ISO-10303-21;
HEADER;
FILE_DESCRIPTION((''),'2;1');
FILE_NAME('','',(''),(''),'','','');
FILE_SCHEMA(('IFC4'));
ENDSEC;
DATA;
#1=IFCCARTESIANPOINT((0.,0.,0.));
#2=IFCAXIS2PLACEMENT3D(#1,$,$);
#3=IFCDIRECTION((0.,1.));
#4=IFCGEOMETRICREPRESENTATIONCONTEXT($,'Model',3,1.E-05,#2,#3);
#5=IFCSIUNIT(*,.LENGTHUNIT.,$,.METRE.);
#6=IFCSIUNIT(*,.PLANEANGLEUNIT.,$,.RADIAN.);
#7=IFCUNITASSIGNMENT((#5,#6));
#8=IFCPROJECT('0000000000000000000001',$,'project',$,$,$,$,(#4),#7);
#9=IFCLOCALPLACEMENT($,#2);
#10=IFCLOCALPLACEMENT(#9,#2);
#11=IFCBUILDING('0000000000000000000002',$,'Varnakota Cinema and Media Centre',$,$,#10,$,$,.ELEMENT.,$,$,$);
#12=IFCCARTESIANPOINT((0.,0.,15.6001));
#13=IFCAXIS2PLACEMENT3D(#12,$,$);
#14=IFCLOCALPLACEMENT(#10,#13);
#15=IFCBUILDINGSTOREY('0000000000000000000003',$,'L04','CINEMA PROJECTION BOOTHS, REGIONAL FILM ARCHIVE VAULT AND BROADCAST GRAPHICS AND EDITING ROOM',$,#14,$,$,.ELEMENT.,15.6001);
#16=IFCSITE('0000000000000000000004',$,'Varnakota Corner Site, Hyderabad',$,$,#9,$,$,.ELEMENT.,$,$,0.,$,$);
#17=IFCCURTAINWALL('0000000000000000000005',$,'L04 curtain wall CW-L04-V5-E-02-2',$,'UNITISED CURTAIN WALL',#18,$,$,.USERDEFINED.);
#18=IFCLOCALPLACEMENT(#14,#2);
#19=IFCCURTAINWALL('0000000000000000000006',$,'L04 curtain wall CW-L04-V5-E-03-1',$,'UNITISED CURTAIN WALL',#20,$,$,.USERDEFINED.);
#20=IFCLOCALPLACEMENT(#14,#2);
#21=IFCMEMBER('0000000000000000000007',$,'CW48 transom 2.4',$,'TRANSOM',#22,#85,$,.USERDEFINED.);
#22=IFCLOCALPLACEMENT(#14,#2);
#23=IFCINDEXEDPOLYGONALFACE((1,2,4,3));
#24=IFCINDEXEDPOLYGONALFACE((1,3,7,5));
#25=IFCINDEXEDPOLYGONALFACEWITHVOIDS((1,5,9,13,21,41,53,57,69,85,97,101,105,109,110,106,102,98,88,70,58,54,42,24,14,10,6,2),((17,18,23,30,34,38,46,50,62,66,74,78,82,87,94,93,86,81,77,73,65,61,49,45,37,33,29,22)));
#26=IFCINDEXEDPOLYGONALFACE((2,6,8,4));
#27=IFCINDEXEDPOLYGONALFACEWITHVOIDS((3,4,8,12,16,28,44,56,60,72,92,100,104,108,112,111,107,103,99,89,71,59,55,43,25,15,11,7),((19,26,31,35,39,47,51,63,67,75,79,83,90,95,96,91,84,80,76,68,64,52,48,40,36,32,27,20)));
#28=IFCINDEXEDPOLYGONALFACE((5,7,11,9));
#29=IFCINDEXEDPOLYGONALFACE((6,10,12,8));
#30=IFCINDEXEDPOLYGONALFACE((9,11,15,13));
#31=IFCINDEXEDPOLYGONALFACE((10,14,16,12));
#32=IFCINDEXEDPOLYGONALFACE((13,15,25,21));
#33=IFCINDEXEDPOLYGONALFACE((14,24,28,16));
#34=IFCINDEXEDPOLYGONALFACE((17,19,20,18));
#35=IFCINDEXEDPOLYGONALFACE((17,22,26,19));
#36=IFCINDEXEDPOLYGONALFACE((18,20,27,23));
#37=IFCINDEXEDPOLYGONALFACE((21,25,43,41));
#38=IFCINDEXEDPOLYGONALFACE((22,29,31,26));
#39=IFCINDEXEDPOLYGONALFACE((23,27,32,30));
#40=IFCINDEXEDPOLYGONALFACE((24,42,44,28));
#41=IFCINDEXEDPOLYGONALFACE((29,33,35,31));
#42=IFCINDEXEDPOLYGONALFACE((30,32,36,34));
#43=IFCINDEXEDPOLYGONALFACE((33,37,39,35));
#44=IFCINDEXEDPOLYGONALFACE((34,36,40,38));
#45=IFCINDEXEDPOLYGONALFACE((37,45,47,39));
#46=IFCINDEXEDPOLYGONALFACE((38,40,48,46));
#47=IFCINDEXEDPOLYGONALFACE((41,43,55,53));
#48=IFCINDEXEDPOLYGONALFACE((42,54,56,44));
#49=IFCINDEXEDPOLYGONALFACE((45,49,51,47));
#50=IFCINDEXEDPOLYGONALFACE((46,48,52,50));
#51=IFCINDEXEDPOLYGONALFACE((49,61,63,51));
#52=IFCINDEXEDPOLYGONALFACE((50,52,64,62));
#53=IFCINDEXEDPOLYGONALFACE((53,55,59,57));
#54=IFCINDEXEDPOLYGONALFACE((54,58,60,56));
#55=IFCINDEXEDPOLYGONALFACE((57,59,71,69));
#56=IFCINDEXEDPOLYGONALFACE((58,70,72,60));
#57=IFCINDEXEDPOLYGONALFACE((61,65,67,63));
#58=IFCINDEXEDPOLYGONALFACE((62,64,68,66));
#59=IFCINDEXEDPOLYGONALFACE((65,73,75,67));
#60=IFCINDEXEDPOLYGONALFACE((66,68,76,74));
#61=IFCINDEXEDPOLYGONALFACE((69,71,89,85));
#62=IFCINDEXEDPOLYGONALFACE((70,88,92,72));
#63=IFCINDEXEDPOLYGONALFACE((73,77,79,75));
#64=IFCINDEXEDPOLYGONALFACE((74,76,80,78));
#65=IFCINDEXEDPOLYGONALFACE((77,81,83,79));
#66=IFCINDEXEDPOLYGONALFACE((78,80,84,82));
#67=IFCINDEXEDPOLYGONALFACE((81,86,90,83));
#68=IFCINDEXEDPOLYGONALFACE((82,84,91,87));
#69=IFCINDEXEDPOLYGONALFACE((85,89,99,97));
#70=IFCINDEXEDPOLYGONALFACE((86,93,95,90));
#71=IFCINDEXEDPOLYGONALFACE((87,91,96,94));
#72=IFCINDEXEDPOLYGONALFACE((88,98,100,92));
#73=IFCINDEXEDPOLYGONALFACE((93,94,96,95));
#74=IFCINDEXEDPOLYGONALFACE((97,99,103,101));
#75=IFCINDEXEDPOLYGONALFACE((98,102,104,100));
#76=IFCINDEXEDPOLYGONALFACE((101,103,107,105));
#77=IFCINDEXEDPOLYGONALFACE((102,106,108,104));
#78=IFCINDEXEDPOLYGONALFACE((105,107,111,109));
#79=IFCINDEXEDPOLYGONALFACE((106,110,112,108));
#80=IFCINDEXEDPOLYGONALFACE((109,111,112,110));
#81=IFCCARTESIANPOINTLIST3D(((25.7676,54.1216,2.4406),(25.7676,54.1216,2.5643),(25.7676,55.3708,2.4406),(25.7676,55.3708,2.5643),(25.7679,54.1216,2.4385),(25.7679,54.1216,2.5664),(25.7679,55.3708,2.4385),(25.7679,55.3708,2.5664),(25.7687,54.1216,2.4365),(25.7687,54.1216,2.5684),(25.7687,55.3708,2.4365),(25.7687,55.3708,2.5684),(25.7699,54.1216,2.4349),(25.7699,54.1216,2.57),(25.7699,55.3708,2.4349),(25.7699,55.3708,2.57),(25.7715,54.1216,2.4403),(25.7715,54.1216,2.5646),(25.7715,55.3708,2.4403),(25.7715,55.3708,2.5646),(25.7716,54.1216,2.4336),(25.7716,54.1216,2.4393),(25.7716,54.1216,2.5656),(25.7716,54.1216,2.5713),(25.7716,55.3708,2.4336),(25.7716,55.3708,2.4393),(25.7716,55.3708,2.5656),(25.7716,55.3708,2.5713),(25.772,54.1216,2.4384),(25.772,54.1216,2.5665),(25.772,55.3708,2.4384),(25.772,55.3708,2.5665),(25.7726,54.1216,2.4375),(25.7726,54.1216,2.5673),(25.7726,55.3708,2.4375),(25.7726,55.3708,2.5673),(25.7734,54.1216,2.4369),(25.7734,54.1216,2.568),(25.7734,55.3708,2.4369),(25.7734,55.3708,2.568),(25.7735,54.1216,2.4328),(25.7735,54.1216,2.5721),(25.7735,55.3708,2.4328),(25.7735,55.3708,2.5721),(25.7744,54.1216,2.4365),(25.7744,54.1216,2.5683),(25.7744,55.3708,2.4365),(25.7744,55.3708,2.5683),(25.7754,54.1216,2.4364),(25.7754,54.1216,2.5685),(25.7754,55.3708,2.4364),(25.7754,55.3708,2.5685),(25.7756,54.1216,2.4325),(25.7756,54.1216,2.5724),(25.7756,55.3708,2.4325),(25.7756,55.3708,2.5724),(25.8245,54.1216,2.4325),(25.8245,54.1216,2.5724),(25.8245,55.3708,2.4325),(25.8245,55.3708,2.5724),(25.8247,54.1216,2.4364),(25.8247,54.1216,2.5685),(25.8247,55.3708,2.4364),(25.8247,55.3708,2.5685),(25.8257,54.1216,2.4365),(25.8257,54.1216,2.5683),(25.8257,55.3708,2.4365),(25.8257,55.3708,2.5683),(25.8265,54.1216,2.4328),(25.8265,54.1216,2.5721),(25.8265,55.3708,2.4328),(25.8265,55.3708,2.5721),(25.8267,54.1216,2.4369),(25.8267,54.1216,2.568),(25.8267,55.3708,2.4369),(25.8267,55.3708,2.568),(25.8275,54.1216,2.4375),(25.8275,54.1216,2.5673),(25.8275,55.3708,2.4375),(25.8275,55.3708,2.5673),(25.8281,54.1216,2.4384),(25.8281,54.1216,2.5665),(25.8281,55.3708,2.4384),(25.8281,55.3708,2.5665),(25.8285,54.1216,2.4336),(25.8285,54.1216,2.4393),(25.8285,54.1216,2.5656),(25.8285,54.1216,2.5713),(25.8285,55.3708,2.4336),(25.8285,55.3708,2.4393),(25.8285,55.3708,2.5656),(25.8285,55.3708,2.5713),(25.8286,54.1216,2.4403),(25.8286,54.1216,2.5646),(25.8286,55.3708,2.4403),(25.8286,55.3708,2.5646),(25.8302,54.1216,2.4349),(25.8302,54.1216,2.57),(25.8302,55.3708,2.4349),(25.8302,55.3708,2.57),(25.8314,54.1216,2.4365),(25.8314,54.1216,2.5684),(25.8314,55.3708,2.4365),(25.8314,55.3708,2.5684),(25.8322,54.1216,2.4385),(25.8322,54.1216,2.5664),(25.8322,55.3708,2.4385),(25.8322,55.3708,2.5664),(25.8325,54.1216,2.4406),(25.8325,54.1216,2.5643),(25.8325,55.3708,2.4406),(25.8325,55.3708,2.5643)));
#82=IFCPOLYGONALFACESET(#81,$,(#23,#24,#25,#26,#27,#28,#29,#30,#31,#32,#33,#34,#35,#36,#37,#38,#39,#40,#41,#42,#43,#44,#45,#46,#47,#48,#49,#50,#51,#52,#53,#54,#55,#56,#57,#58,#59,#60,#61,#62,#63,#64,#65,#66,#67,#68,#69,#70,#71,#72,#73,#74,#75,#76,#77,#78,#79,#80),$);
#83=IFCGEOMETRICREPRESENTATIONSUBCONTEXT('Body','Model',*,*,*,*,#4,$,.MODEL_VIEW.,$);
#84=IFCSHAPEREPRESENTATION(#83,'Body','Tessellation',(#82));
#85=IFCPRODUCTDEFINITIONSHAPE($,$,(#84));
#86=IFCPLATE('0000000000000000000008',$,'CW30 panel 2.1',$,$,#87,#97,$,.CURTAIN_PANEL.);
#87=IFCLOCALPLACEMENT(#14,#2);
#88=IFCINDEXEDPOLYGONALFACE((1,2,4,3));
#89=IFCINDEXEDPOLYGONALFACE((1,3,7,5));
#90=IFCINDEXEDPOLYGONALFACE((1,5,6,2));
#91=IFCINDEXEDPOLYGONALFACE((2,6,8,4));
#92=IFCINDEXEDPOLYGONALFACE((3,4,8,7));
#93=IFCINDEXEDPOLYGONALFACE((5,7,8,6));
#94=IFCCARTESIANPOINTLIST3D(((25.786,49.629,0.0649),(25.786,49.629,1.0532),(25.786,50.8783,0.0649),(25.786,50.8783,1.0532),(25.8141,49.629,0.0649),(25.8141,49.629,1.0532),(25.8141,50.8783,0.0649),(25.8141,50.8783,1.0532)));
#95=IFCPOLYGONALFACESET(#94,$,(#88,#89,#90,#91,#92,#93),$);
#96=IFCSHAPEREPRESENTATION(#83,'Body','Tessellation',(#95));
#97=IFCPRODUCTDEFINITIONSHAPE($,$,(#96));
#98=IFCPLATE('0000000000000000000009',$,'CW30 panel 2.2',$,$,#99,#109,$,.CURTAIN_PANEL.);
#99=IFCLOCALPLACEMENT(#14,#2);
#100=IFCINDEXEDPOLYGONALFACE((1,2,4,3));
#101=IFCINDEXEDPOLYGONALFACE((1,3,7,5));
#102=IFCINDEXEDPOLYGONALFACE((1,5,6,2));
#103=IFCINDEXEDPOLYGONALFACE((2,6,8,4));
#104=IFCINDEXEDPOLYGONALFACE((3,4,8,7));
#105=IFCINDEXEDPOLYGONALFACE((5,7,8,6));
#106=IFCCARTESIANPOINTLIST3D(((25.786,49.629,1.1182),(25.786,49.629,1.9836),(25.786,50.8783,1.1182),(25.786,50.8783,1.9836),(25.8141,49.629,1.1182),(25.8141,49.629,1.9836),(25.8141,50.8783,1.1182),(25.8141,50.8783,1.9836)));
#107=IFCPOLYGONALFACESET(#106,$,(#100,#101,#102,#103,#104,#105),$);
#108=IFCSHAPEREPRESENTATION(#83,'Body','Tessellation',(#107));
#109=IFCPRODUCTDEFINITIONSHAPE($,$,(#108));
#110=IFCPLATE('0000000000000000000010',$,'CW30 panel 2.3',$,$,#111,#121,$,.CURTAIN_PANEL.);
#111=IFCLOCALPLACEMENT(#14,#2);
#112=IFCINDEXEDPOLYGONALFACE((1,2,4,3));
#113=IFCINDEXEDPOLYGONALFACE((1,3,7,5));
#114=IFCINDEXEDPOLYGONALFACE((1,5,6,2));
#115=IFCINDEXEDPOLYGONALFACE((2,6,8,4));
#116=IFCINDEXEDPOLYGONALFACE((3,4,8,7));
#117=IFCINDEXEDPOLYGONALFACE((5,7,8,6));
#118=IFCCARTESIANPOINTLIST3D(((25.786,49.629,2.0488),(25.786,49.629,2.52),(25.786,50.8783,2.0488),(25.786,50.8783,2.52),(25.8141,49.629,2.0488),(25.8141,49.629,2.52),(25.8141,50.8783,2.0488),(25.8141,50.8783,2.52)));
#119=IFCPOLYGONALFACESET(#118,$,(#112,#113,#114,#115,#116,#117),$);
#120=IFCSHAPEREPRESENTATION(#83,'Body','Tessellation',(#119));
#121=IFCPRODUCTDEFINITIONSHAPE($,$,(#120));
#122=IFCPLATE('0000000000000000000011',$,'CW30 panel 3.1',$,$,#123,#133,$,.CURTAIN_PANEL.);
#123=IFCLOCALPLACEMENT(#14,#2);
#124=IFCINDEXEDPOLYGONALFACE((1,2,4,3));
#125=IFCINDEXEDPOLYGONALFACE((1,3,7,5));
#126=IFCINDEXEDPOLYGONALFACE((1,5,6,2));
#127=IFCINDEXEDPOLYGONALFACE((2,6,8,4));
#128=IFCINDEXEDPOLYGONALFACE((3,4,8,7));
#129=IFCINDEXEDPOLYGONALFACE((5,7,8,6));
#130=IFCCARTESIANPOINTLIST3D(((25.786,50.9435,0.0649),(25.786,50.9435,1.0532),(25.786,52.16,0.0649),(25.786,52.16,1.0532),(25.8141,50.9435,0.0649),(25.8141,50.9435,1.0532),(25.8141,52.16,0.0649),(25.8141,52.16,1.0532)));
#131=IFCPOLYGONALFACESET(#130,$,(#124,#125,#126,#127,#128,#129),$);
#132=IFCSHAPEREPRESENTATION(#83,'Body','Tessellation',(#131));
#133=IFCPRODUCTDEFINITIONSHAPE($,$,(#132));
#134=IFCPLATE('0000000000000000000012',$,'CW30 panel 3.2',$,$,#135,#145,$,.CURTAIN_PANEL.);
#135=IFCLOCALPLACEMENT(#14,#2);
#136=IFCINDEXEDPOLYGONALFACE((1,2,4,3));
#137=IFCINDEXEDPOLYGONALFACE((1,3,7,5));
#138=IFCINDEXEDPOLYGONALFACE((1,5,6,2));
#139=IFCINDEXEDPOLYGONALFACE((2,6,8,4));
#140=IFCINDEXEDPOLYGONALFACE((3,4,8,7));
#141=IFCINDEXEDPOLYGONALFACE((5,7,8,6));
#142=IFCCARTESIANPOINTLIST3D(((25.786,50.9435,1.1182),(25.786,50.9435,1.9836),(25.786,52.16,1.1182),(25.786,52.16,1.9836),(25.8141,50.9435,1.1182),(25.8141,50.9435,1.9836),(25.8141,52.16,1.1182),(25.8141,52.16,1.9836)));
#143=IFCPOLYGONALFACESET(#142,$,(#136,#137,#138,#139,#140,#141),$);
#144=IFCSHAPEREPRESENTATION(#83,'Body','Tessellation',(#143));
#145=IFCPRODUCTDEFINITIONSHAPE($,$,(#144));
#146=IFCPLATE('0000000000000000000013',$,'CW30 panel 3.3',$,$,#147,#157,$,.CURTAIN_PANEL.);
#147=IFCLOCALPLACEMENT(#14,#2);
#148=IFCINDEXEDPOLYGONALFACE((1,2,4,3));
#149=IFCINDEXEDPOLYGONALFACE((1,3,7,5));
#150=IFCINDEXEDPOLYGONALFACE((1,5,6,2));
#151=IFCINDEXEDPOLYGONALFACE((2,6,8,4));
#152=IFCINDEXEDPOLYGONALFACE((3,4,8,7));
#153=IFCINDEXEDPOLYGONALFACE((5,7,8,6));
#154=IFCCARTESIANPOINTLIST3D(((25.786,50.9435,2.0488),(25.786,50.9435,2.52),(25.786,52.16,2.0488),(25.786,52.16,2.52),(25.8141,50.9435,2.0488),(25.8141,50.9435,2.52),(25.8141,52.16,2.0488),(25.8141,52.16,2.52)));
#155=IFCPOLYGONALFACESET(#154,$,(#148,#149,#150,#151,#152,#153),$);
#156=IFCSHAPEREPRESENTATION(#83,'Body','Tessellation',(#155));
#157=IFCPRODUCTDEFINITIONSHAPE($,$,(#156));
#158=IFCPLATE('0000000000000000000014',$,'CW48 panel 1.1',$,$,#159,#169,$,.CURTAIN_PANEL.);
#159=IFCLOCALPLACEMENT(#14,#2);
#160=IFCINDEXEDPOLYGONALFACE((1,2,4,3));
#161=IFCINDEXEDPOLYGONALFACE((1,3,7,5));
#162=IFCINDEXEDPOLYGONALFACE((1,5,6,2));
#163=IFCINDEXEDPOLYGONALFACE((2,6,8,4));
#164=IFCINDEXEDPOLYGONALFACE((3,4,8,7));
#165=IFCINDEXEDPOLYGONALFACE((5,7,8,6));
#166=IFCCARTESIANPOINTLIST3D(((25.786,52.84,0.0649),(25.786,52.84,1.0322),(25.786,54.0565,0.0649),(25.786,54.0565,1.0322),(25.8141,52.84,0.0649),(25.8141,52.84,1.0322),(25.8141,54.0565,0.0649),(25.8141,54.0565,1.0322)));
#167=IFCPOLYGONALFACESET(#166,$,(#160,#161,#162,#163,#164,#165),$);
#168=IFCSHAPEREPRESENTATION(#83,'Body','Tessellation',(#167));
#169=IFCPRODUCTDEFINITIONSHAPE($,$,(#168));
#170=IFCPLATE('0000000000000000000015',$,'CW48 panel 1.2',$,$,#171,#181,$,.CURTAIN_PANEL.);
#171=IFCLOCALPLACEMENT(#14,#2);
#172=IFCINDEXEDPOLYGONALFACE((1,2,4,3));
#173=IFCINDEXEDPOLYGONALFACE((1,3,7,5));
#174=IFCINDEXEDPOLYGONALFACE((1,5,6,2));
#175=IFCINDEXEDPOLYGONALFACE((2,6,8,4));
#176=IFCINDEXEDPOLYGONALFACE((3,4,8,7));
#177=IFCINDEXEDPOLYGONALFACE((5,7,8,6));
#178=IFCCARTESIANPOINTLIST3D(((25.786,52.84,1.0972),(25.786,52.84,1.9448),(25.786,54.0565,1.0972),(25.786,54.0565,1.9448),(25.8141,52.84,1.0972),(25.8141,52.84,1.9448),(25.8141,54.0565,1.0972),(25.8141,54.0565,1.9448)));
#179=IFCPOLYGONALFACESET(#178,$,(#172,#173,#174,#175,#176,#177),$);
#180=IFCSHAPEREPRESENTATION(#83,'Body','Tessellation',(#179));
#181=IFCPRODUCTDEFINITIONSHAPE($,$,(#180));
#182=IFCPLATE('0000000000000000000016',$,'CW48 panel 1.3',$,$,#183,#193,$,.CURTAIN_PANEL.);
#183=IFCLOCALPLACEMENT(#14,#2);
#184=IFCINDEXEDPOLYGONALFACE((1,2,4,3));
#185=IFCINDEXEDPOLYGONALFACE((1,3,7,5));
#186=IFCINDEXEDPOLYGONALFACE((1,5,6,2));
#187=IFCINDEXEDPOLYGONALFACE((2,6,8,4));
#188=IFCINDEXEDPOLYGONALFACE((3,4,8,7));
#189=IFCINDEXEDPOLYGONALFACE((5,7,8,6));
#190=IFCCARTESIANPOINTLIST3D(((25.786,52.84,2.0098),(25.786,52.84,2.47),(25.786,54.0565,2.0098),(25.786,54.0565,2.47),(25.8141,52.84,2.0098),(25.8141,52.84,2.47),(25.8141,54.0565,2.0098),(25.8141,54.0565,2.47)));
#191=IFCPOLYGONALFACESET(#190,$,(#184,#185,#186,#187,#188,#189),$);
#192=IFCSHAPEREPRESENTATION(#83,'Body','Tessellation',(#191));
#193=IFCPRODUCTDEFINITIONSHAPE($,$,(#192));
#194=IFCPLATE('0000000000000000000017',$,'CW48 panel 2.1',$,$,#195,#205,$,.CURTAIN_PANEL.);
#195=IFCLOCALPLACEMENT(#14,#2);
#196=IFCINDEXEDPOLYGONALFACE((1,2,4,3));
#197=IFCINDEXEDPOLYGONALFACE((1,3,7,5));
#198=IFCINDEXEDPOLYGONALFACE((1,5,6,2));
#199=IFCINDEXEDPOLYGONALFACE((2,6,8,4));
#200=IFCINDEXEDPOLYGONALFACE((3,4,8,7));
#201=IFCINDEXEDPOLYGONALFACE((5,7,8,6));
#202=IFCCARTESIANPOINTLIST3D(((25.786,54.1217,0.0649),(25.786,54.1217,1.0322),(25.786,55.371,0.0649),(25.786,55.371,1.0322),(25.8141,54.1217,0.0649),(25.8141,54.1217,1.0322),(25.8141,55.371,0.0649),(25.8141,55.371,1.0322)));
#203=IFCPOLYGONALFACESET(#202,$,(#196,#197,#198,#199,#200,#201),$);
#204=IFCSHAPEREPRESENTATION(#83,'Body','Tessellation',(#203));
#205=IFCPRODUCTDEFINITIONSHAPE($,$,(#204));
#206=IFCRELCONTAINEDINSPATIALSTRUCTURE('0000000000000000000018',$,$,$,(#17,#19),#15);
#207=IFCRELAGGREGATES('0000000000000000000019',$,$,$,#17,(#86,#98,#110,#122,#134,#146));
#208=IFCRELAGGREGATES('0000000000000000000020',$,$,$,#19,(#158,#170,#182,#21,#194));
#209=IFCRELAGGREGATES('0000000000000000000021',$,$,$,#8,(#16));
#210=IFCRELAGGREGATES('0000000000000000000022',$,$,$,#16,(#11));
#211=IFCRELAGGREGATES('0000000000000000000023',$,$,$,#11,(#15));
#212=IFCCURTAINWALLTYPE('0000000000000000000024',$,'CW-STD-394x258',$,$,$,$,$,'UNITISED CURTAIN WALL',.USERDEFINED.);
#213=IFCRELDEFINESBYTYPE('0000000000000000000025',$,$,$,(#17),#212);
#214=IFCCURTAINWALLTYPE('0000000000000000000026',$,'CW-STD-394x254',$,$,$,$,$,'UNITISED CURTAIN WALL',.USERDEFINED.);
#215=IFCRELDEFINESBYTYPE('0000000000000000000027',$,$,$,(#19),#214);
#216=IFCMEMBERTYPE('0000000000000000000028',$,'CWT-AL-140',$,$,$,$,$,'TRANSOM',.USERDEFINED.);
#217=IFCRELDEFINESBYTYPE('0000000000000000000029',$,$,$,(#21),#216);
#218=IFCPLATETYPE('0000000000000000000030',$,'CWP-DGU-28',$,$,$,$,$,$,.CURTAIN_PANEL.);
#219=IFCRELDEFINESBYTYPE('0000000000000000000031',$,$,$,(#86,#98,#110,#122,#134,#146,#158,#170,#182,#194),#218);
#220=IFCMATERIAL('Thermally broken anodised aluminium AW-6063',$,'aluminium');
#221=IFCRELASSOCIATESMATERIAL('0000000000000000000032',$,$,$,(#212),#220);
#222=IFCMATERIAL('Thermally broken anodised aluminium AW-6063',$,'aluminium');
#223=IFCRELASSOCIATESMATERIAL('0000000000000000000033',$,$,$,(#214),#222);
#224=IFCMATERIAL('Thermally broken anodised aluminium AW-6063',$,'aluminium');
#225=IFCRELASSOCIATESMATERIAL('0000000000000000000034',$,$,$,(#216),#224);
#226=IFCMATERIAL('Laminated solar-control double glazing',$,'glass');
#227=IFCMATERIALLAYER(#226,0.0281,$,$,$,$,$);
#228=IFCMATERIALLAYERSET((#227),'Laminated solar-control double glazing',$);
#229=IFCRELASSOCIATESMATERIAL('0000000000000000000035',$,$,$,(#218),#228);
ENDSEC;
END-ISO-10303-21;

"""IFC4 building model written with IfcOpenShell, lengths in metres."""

from ifc_helpers import new_model, si_unit, direction, frame, origin, origin_2d, place, context, subcontext, project, spatial, rectangle, hollow_rectangle, extrude, material, layer, layer_set, material_profile, profile_set, type_object, element, aggregate, save


model = new_model("IFC4")

# Units and contexts
model_context = context("Model", 3, precision=1e-05, world=origin(), true_north=direction((0.0, 1.0)))
body_context = subcontext(model_context, "Body", "Model", "MODEL_VIEW")
ifc_project = project(units=[si_unit("LENGTHUNIT", "METRE"), si_unit("PLANEANGLEUNIT", "RADIAN")], contexts=[model_context])

# Site, building, storey
site_placement = place(None, origin())
site = spatial("IfcSite", under=ifc_project, at=site_placement, Name="Varnakota Corner Site, Hyderabad", CompositionType="ELEMENT", RefElevation=0.0)
building_placement = place(site_placement, origin())
building = spatial("IfcBuilding", under=site, at=building_placement, Name="Varnakota Cinema and Media Centre", CompositionType="ELEMENT")
storey_placement = place(building_placement, frame((0.0, 0.0, 15.6001)))
storey = spatial("IfcBuildingStorey", under=building, at=storey_placement, Name="L04", Description="CINEMA PROJECTION BOOTHS, REGIONAL FILM ARCHIVE VAULT AND BROADCAST GRAPHICS AND EDITING ROOM", CompositionType="ELEMENT", Elevation=15.6001)

# Curtain walls
ifc_material_1 = material(Name="Thermally broken anodised aluminium AW-6063", Category="aluminium")
curtain_wall_type_1 = type_object("IfcCurtainWallType", Name="CW-STD-394x258", ElementType="UNITISED CURTAIN WALL", PredefinedType="USERDEFINED", material=ifc_material_1)
curtain_wall_1_placement = place(storey_placement, origin())
curtain_wall_1 = element("IfcCurtainWall", 1, at=curtain_wall_1_placement, inside=storey, type_object=curtain_wall_type_1, Name="L04 curtain wall CW-L04-V5-E-02-2", ObjectType="UNITISED CURTAIN WALL", PredefinedType="USERDEFINED")
ifc_material_2 = material(Name="Thermally broken anodised aluminium AW-6063", Category="aluminium")
curtain_wall_type_2 = type_object("IfcCurtainWallType", Name="CW-STD-394x254", ElementType="UNITISED CURTAIN WALL", PredefinedType="USERDEFINED", material=ifc_material_2)
curtain_wall_2_placement = place(storey_placement, origin())
curtain_wall_2 = element("IfcCurtainWall", 2, at=curtain_wall_2_placement, inside=storey, type_object=curtain_wall_type_2, Name="L04 curtain wall CW-L04-V5-E-03-1", ObjectType="UNITISED CURTAIN WALL", PredefinedType="USERDEFINED")

# Member
ifc_material_3 = material(Name="Thermally broken anodised aluminium AW-6063", Category="aluminium")
ifc_material_profile_1 = material_profile(ifc_material_3, hollow_rectangle(XDim=0.0649, YDim=0.1399, WallThickness=0.0039, InnerFilletRadius=0.0039, OuterFilletRadius=0.0081, at=origin_2d()), Name="AL-TRANSOM 140x65x4")
ifc_profile_set_1 = profile_set([ifc_material_profile_1], Name="Thermally broken anodised aluminium AW-6063")
member_type_1 = type_object("IfcMemberType", Name="CWT-AL-140", ElementType="TRANSOM", PredefinedType="USERDEFINED", material=ifc_profile_set_1)
member_1_placement = place(storey_placement, frame((25.8, 54.1216, 2.5024), z_axis=(0.0, 1.0, 0.0), x_axis=(-1.0, 0.0, 0.0)))
member_1 = element("IfcMember", 3, at=member_1_placement, type_object=member_type_1, Name="CW48 transom 2.4", ObjectType="TRANSOM", PredefinedType="USERDEFINED", context=body_context, shape_type="SweptSolid", body=[
    extrude(hollow_rectangle(XDim=0.0649, YDim=0.1399, WallThickness=0.0039, InnerFilletRadius=0.0039, OuterFilletRadius=0.0081, at=origin_2d()), origin(), (0.0, 0.0, 1.0), 1.2493),
])

# Plates
ifc_material_4 = material(Name="Laminated solar-control double glazing", Category="glass")
ifc_layer = layer(ifc_material_4, 0.0281)
ifc_layer_set = layer_set([ifc_layer], Name="Laminated solar-control double glazing")
plate_type = type_object("IfcPlateType", Name="CWP-DGU-28", PredefinedType="CURTAIN_PANEL", material=ifc_layer_set)
plate_1_placement = place(storey_placement, frame((25.8, 50.2537, 0.0649), z_axis=(0.0, 0.0, 1.0), x_axis=(0.0, 1.0, 0.0)))
plate_1 = element("IfcPlate", 4, at=plate_1_placement, type_object=plate_type, Name="CW30 panel 2.1", PredefinedType="CURTAIN_PANEL", context=body_context, shape_type="SweptSolid", body=[
    extrude(rectangle(XDim=1.2493, YDim=0.0281, at=origin_2d()), origin(), (0.0, 0.0, 1.0), 0.9883),
])
plate_2_placement = place(storey_placement, frame((25.8, 50.2537, 1.1182), z_axis=(0.0, 0.0, 1.0), x_axis=(0.0, 1.0, 0.0)))
plate_2 = element("IfcPlate", 5, at=plate_2_placement, type_object=plate_type, Name="CW30 panel 2.2", PredefinedType="CURTAIN_PANEL", context=body_context, shape_type="SweptSolid", body=[
    extrude(rectangle(XDim=1.2493, YDim=0.0281, at=origin_2d()), origin(), (0.0, 0.0, 1.0), 0.8655),
])
plate_3_placement = place(storey_placement, frame((25.8, 50.2537, 2.0488), z_axis=(0.0, 0.0, 1.0), x_axis=(0.0, 1.0, 0.0)))
plate_3 = element("IfcPlate", 6, at=plate_3_placement, type_object=plate_type, Name="CW30 panel 2.3", PredefinedType="CURTAIN_PANEL", context=body_context, shape_type="SweptSolid", body=[
    extrude(rectangle(XDim=1.2493, YDim=0.0281, at=origin_2d()), origin(), (0.0, 0.0, 1.0), 0.4712),
])
plate_4_placement = place(storey_placement, frame((25.8, 51.5518, 0.0649), z_axis=(0.0, 0.0, 1.0), x_axis=(0.0, 1.0, 0.0)))
plate_4 = element("IfcPlate", 7, at=plate_4_placement, type_object=plate_type, Name="CW30 panel 3.1", PredefinedType="CURTAIN_PANEL", context=body_context, shape_type="SweptSolid", body=[
    extrude(rectangle(XDim=1.2166, YDim=0.0281, at=origin_2d()), origin(), (0.0, 0.0, 1.0), 0.9883),
])
plate_5_placement = place(storey_placement, frame((25.8, 51.5518, 1.1182), z_axis=(0.0, 0.0, 1.0), x_axis=(0.0, 1.0, 0.0)))
plate_5 = element("IfcPlate", 8, at=plate_5_placement, type_object=plate_type, Name="CW30 panel 3.2", PredefinedType="CURTAIN_PANEL", context=body_context, shape_type="SweptSolid", body=[
    extrude(rectangle(XDim=1.2166, YDim=0.0281, at=origin_2d()), origin(), (0.0, 0.0, 1.0), 0.8655),
])
plate_6_placement = place(storey_placement, frame((25.8, 51.5518, 2.0488), z_axis=(0.0, 0.0, 1.0), x_axis=(0.0, 1.0, 0.0)))
plate_6 = element("IfcPlate", 9, at=plate_6_placement, type_object=plate_type, Name="CW30 panel 3.3", PredefinedType="CURTAIN_PANEL", context=body_context, shape_type="SweptSolid", body=[
    extrude(rectangle(XDim=1.2166, YDim=0.0281, at=origin_2d()), origin(), (0.0, 0.0, 1.0), 0.4712),
])
aggregate(curtain_wall_1, [plate_1, plate_2, plate_3, plate_4, plate_5, plate_6])
plate_7_placement = place(storey_placement, frame((25.8, 53.4482, 0.0649), z_axis=(0.0, 0.0, 1.0), x_axis=(0.0, 1.0, 0.0)))
plate_7 = element("IfcPlate", 10, at=plate_7_placement, type_object=plate_type, Name="CW48 panel 1.1", PredefinedType="CURTAIN_PANEL", context=body_context, shape_type="SweptSolid", body=[
    extrude(rectangle(XDim=1.2166, YDim=0.0281, at=origin_2d()), origin(), (0.0, 0.0, 1.0), 0.9673),
])
plate_8_placement = place(storey_placement, frame((25.8, 53.4482, 1.0972), z_axis=(0.0, 0.0, 1.0), x_axis=(0.0, 1.0, 0.0)))
plate_8 = element("IfcPlate", 11, at=plate_8_placement, type_object=plate_type, Name="CW48 panel 1.2", PredefinedType="CURTAIN_PANEL", context=body_context, shape_type="SweptSolid", body=[
    extrude(rectangle(XDim=1.2166, YDim=0.0281, at=origin_2d()), origin(), (0.0, 0.0, 1.0), 0.8477),
])
plate_9_placement = place(storey_placement, frame((25.8, 53.4482, 2.0098), z_axis=(0.0, 0.0, 1.0), x_axis=(0.0, 1.0, 0.0)))
plate_9 = element("IfcPlate", 12, at=plate_9_placement, type_object=plate_type, Name="CW48 panel 1.3", PredefinedType="CURTAIN_PANEL", context=body_context, shape_type="SweptSolid", body=[
    extrude(rectangle(XDim=1.2166, YDim=0.0281, at=origin_2d()), origin(), (0.0, 0.0, 1.0), 0.4602),
])
plate_10_placement = place(storey_placement, frame((25.8, 54.7463, 0.0649), z_axis=(0.0, 0.0, 1.0), x_axis=(0.0, 1.0, 0.0)))
plate_10 = element("IfcPlate", 13, at=plate_10_placement, type_object=plate_type, Name="CW48 panel 2.1", PredefinedType="CURTAIN_PANEL", context=body_context, shape_type="SweptSolid", body=[
    extrude(rectangle(XDim=1.2493, YDim=0.0281, at=origin_2d()), origin(), (0.0, 0.0, 1.0), 0.9673),
])
aggregate(curtain_wall_2, [plate_7, plate_8, plate_9, member_1, plate_10])

save(model, "model.ifc")
